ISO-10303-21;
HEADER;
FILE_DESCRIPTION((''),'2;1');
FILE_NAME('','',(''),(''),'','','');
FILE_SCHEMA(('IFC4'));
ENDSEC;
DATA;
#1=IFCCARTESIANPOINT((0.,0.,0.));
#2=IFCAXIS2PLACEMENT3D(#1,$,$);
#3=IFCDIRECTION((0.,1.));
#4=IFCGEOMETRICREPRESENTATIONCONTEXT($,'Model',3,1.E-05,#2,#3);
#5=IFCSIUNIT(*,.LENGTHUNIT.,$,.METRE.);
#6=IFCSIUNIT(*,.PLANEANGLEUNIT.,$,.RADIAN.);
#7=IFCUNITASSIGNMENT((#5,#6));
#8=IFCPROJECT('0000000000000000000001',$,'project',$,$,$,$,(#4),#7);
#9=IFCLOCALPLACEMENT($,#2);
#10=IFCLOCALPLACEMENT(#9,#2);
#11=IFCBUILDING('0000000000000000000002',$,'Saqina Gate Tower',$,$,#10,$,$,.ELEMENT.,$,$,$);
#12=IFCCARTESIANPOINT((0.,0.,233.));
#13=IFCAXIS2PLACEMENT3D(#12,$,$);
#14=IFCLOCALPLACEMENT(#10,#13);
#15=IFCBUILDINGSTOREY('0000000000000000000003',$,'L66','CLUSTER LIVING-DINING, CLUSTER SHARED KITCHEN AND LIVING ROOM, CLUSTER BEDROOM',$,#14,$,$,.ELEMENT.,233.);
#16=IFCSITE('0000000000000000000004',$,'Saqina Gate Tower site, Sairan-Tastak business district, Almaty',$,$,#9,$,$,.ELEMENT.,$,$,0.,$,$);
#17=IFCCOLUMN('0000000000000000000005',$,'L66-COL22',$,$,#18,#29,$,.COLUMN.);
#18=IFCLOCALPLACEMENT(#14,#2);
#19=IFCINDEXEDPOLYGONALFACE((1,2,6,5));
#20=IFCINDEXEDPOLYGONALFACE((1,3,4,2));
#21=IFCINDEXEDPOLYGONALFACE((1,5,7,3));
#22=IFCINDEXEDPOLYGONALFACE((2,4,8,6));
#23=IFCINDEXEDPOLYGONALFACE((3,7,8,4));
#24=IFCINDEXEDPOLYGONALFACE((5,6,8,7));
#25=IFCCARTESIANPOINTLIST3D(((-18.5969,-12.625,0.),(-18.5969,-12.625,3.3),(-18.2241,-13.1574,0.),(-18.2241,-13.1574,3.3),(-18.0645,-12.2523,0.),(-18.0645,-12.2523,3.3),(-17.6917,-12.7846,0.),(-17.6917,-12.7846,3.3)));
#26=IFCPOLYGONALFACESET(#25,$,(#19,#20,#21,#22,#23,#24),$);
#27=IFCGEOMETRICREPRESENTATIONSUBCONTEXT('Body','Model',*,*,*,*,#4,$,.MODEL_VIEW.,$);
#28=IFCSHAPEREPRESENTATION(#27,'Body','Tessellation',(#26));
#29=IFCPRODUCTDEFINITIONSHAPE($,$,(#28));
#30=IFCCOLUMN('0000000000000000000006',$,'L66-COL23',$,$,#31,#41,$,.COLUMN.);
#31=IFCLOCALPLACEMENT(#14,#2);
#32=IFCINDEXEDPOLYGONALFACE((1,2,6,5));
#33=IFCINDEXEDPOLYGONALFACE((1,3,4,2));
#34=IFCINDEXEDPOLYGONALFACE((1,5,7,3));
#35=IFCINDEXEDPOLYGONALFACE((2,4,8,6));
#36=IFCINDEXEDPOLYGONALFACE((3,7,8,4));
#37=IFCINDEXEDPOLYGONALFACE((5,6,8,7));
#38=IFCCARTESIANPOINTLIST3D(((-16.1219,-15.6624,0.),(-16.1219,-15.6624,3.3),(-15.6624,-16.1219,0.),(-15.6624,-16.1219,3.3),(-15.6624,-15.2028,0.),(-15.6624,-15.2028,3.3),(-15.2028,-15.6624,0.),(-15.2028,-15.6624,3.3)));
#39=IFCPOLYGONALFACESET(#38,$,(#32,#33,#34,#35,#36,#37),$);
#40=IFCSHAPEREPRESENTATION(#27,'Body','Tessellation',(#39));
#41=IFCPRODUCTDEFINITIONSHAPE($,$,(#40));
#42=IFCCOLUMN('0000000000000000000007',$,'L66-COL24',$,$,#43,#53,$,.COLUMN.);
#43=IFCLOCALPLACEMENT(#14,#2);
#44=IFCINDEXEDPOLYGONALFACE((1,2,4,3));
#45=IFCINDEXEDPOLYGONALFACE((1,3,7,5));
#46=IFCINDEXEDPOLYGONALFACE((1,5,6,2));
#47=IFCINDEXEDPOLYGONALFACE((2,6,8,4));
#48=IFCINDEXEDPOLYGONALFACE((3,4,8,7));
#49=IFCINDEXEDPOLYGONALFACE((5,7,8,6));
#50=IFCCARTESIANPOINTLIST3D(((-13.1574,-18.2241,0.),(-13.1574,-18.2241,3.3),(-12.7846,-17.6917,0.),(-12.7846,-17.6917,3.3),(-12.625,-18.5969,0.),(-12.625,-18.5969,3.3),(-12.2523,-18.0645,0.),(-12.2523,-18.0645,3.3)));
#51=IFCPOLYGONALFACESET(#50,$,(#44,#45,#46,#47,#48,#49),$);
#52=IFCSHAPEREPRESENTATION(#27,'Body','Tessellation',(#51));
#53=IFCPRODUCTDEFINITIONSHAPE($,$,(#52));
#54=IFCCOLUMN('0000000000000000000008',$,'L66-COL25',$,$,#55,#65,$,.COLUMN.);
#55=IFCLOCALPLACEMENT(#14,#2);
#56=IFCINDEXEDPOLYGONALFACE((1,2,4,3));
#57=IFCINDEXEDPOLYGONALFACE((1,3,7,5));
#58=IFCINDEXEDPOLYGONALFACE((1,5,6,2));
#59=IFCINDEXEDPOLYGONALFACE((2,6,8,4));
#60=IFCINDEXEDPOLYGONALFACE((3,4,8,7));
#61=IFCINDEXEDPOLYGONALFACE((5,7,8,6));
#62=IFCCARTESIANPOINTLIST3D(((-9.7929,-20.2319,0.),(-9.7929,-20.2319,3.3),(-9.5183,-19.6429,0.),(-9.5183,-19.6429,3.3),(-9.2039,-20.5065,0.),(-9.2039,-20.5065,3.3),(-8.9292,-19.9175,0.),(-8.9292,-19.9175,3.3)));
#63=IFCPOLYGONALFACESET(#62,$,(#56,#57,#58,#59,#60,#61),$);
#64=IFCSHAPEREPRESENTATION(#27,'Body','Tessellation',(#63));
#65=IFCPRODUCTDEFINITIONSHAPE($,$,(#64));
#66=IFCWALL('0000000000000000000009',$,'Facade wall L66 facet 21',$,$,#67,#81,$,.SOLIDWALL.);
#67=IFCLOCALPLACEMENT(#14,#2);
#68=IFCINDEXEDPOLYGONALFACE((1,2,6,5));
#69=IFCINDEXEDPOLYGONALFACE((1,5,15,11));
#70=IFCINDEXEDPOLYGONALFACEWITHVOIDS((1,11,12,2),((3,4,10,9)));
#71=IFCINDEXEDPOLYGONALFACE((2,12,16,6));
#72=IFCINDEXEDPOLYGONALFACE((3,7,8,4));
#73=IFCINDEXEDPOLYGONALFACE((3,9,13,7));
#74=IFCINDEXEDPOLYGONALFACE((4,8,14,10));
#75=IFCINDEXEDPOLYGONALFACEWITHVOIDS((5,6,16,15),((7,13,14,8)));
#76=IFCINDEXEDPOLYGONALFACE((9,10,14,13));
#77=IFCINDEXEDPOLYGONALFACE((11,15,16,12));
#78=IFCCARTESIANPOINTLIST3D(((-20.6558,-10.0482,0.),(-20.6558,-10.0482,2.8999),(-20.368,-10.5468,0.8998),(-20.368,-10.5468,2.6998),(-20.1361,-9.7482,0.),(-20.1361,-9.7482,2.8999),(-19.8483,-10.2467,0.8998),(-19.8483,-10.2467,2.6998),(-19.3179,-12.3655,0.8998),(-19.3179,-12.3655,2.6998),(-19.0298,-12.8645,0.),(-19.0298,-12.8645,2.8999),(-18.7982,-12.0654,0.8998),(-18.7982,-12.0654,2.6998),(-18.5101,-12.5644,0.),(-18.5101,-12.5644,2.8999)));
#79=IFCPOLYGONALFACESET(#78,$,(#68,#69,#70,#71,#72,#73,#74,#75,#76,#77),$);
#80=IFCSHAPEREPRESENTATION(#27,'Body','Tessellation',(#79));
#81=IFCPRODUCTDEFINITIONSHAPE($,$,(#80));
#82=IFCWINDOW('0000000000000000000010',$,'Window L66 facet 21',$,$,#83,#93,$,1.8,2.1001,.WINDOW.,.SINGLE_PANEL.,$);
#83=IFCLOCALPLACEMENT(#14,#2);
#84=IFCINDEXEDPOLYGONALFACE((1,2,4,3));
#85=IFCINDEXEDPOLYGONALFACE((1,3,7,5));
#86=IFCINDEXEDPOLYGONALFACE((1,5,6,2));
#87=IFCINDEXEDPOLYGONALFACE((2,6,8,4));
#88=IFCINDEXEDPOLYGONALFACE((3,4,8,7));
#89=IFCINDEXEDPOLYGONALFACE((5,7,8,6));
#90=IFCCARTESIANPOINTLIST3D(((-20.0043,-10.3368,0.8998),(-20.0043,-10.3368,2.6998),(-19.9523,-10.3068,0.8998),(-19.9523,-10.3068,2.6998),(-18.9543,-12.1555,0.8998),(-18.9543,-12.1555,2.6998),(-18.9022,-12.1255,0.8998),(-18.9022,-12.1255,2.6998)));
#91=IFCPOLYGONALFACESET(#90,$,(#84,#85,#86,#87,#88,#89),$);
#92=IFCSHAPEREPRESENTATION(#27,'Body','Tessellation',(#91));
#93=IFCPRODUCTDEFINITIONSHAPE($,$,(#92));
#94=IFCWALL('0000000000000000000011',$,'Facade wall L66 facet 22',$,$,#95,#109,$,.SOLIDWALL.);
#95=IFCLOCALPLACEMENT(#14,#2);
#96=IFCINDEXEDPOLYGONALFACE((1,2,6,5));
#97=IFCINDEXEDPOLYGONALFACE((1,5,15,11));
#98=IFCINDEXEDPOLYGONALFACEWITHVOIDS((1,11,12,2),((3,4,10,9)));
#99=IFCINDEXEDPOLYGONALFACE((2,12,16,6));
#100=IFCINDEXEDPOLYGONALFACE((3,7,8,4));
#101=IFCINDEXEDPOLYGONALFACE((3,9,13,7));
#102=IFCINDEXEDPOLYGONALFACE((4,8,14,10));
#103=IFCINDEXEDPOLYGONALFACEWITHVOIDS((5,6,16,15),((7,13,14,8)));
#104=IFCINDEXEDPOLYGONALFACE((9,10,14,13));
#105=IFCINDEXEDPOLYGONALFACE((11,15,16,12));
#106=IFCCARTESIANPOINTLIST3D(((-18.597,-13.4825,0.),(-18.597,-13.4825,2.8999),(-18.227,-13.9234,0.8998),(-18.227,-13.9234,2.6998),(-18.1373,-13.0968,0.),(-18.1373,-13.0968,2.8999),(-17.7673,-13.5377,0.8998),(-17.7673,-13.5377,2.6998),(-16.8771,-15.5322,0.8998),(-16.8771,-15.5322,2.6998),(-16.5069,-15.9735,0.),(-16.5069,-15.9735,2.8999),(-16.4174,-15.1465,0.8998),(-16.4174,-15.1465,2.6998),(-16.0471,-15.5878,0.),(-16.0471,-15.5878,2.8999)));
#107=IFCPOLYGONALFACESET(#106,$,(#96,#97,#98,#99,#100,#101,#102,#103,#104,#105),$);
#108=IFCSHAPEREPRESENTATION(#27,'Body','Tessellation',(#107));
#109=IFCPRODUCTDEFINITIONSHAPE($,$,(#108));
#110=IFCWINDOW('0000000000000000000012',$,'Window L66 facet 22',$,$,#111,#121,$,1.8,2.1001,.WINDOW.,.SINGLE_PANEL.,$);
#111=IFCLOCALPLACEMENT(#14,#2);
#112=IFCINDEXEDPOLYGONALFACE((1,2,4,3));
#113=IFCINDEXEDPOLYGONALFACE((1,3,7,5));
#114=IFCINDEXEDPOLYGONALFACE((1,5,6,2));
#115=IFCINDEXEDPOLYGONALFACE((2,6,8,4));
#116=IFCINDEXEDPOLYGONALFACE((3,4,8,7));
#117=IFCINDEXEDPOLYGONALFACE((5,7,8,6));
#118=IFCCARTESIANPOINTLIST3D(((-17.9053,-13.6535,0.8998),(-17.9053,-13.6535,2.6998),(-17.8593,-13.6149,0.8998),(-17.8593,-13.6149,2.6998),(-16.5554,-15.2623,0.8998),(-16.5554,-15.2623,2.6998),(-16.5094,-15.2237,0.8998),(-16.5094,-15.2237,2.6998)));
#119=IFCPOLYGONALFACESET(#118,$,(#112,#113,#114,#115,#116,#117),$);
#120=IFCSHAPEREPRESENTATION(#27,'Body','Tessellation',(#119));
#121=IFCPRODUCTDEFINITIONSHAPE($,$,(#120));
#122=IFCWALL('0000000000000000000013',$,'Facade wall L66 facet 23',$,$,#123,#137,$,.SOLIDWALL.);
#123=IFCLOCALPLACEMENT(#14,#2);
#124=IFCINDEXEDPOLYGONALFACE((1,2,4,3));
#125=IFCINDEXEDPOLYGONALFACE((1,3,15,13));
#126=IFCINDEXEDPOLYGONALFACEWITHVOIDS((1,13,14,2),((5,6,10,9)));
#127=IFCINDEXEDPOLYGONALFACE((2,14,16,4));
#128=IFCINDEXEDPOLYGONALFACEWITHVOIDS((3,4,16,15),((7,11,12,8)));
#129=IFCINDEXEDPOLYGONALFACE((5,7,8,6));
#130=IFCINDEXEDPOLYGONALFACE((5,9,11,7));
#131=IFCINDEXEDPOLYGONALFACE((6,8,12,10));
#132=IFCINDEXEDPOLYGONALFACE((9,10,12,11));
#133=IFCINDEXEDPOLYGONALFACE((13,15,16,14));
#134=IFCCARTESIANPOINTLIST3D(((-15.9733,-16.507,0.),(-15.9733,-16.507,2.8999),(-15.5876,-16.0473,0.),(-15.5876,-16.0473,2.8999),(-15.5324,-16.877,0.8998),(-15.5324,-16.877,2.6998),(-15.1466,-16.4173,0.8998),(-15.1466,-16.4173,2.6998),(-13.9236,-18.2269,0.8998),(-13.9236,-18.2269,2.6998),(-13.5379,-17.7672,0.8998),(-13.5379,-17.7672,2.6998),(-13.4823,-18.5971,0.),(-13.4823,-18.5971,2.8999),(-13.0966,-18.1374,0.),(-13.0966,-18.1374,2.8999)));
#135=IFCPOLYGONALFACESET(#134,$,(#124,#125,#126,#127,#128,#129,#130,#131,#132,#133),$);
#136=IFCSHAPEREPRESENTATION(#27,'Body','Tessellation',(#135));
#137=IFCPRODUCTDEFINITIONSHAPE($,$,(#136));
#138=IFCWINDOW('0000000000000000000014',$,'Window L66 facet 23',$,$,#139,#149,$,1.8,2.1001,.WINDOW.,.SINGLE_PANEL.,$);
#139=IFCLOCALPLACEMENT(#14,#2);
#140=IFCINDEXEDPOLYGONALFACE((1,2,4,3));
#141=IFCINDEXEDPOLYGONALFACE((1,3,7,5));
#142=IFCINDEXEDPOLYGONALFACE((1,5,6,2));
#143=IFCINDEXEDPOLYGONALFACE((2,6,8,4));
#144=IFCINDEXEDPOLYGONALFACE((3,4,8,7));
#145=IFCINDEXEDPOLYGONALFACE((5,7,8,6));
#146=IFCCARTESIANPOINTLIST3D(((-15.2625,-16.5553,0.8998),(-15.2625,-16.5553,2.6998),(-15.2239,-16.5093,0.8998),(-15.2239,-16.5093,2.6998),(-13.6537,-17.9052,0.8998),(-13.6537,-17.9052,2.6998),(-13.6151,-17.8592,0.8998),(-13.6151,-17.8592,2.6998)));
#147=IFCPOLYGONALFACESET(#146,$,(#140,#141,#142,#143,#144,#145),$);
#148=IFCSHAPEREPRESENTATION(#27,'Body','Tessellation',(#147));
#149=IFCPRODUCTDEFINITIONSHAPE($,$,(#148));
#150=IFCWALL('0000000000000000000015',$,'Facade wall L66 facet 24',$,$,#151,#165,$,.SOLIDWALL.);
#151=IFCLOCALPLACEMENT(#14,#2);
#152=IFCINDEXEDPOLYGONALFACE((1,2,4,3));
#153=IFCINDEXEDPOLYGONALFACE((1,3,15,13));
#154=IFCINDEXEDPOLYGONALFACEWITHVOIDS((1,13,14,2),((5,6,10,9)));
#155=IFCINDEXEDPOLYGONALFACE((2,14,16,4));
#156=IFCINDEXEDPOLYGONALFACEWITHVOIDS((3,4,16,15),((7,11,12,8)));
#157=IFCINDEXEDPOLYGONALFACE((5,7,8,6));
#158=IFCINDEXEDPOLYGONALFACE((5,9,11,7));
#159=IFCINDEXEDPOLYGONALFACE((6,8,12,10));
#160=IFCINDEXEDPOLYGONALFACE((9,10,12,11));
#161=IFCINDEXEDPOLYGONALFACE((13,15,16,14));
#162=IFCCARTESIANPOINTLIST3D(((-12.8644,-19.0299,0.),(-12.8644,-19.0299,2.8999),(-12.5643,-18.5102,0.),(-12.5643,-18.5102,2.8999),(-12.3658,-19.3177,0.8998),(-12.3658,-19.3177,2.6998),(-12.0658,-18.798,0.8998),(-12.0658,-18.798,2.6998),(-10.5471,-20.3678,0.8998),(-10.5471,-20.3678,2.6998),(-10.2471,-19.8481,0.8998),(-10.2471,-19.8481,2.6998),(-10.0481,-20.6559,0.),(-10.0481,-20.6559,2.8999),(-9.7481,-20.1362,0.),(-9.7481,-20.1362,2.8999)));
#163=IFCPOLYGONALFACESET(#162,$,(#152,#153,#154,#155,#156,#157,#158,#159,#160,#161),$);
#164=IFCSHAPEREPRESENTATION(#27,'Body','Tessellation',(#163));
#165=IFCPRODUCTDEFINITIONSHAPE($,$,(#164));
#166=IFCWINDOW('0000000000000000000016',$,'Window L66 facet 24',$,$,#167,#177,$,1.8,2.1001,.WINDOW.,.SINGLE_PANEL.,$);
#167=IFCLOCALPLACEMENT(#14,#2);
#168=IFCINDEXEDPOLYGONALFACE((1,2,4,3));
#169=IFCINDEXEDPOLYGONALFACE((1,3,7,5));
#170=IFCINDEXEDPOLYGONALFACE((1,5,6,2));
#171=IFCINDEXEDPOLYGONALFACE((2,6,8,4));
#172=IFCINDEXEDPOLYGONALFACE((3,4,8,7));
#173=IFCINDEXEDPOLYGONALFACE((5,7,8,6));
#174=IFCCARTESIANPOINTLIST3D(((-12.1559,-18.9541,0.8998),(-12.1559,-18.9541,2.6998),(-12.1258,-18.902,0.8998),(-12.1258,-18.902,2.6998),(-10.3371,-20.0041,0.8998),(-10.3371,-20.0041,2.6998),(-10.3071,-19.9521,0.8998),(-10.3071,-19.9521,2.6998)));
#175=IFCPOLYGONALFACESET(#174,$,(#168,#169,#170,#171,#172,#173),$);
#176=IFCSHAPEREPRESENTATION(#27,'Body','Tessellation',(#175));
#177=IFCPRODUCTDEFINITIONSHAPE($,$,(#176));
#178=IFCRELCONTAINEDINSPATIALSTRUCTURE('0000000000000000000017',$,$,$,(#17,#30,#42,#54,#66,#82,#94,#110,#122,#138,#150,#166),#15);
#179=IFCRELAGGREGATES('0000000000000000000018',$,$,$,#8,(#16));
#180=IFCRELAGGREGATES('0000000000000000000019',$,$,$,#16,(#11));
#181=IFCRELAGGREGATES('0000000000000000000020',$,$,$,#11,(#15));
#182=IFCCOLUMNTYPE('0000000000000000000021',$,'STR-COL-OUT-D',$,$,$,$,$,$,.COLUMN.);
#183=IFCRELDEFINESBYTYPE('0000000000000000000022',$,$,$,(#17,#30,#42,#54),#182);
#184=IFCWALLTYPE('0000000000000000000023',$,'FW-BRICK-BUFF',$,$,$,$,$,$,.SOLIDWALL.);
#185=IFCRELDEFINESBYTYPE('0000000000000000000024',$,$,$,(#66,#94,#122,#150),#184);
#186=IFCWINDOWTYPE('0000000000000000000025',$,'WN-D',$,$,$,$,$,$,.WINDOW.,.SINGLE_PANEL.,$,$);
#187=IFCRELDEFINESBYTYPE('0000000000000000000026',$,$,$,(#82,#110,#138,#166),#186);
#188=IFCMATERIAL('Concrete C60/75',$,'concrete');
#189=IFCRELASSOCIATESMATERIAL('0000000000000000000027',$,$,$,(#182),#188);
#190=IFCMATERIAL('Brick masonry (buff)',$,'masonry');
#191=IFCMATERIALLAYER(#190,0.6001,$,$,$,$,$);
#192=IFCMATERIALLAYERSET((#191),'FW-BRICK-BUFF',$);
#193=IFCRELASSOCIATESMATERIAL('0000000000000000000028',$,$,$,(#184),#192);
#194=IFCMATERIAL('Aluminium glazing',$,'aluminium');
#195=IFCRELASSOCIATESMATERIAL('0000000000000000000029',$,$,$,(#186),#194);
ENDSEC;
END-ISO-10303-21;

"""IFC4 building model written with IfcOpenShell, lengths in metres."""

from ifc_helpers import new_model, si_unit, direction, frame, frame_2d, origin, origin_2d, place, context, subcontext, project, spatial, rectangle, extrude, material, layer, layer_set, material_profile, profile_set, type_object, element, fill, save


model = new_model("IFC4")

# Units and contexts
model_context = context("Model", 3, precision=1e-05, world=origin(), true_north=direction((0.0, 1.0)))
body_context = subcontext(model_context, "Body", "Model", "MODEL_VIEW")
ifc_project = project(units=[si_unit("LENGTHUNIT", "METRE"), si_unit("PLANEANGLEUNIT", "RADIAN")], contexts=[model_context])

# Site, building, storey
site_placement = place(None, origin())
site = spatial("IfcSite", under=ifc_project, at=site_placement, Name="Saqina Gate Tower site, Sairan-Tastak business district, Almaty", CompositionType="ELEMENT", RefElevation=0.0)
building_placement = place(site_placement, origin())
building = spatial("IfcBuilding", under=site, at=building_placement, Name="Saqina Gate Tower", CompositionType="ELEMENT")
storey_placement = place(building_placement, frame((0.0, 0.0, 233.0)))
storey = spatial("IfcBuildingStorey", under=building, at=storey_placement, Name="L66", Description="CLUSTER LIVING-DINING, CLUSTER SHARED KITCHEN AND LIVING ROOM, CLUSTER BEDROOM", CompositionType="ELEMENT", Elevation=233.0)

# Columns
ifc_material_1 = material(Name="Concrete C60/75", Category="concrete")
ifc_material_profile = material_profile(ifc_material_1, rectangle(XDim=0.6499, YDim=0.6499, at=origin_2d()), Name="RC 650x650")
ifc_profile_set = profile_set([ifc_material_profile], Name="Concrete C60/75")
column_type = type_object("IfcColumnType", Name="STR-COL-OUT-D", PredefinedType="COLUMN", material=ifc_profile_set)
for number, where, z_axis, x_axis, name in (
    (1, (-18.1443, -12.7048, 0.0), (0.0, 0.0, 1.0), (-0.819152, -0.573576, 0.0), "L66-COL22"),
    (2, (-15.6624, -15.6624, 0.0), (0.0, 0.0, 1.0), (-0.707107, -0.707107, 0.0), "L66-COL23"),
    (3, (-12.7048, -18.1443, 0.0), (0.0, 0.0, 1.0), (-0.573576, -0.819152, 0.0), "L66-COL24"),
    (4, (-9.3611, -20.0747, 0.0), (0.0, 0.0, 1.0), (-0.422618, -0.906308, 0.0), "L66-COL25"),
):
    element("IfcColumn", number, at=place(storey_placement, frame(where, z_axis=z_axis, x_axis=x_axis)), inside=storey, type_object=column_type, Name=name, PredefinedType="COLUMN", context=body_context, shape_type="SweptSolid", body=[
        extrude(rectangle(XDim=0.6499, YDim=0.6499, at=origin_2d()), origin(), (0.0, 0.0, 1.0), 3.3),
    ])

# Walls, openings, windows
ifc_material_2 = material(Name="Brick masonry (buff)", Category="masonry")
ifc_layer_1 = layer(ifc_material_2, 0.6001)
ifc_layer_set_1 = layer_set([ifc_layer_1], Name="FW-BRICK-BUFF")
wall_type_1 = type_object("IfcWallType", Name="FW-BRICK-BUFF", PredefinedType="SOLIDWALL", material=ifc_layer_set_1)
wall_1_placement = place(storey_placement, frame((-20.396, -9.8982, 0.0), z_axis=(0.0, 0.0, 1.0), x_axis=(0.500015, -0.866017, 0.0)))
wall_1 = element("IfcWall", 5, at=wall_1_placement, inside=storey, type_object=wall_type_1, Name="Facade wall L66 facet 21", PredefinedType="SOLIDWALL", context=body_context, shape_type="SweptSolid", body=[
    extrude(rectangle(XDim=3.252, YDim=0.6001, at=frame_2d((1.626, 0.0))), origin(), (0.0, 0.0, 1.0), 2.8999),
])
opening_1_placement = place(wall_1_placement, frame((0.5757, 0.0, 0.8999)))
opening_1 = element("IfcOpeningElement", 6, at=opening_1_placement, cuts=wall_1, PredefinedType="OPENING", context=body_context, shape_type="SweptSolid", body=[
    extrude(rectangle(XDim=2.1001, YDim=1.8, at=frame_2d((1.05, 0.8999))), frame((0.0, 0.312, 0.0), z_axis=(0.0, -1.0, 0.0), x_axis=(1.0, 0.0, 0.0)), (0.0, 0.0, 1.0), 0.624),
])
ifc_material_3 = material(Name="Aluminium glazing", Category="aluminium")
window_type = type_object("IfcWindowType", Name="WN-D", PartitioningType="SINGLE_PANEL", PredefinedType="WINDOW", material=ifc_material_3)
window_1_placement = place(opening_1_placement, origin())
window_1 = element("IfcWindow", 7, at=window_1_placement, inside=storey, type_object=window_type, Name="Window L66 facet 21", OverallHeight=1.8, OverallWidth=2.1001, PartitioningType="SINGLE_PANEL", PredefinedType="WINDOW", context=body_context, shape_type="SweptSolid", body=[
    extrude(rectangle(XDim=2.1001, YDim=1.8, at=frame_2d((1.05, 0.8999))), frame((0.0, 0.1799, 0.0), z_axis=(0.0, -1.0, 0.0), x_axis=(1.0, 0.0, 0.0)), (0.0, 0.0, 1.0), 0.0601),
])
fill(opening_1, window_1)
wall_2_placement = place(storey_placement, frame((-18.3672, -13.2896, 0.0), z_axis=(0.0, 0.0, 1.0), x_axis=(0.642773, -0.766057, 0.0)))
wall_2 = element("IfcWall", 8, at=wall_2_placement, inside=storey, type_object=wall_type_1, Name="Facade wall L66 facet 22", PredefinedType="SOLIDWALL", context=body_context, shape_type="SweptSolid", body=[
    extrude(rectangle(XDim=3.2517, YDim=0.6001, at=frame_2d((1.626, 0.0))), origin(), (0.0, 0.0, 1.0), 2.8999),
])
opening_2_placement = place(wall_2_placement, frame((0.5757, 0.0, 0.8999)))
opening_2 = element("IfcOpeningElement", 9, at=opening_2_placement, cuts=wall_2, PredefinedType="OPENING", context=body_context, shape_type="SweptSolid", body=[
    extrude(rectangle(XDim=2.1001, YDim=1.8, at=frame_2d((1.05, 0.8999))), frame((0.0, 0.312, 0.0), z_axis=(0.0, -1.0, 0.0), x_axis=(1.0, 0.0, 0.0)), (0.0, 0.0, 1.0), 0.624),
])
window_2_placement = place(opening_2_placement, origin())
window_2 = element("IfcWindow", 10, at=window_2_placement, inside=storey, type_object=window_type, Name="Window L66 facet 22", OverallHeight=1.8, OverallWidth=2.1001, PartitioningType="SINGLE_PANEL", PredefinedType="WINDOW", context=body_context, shape_type="SweptSolid", body=[
    extrude(rectangle(XDim=2.1001, YDim=1.8, at=frame_2d((1.05, 0.8999))), frame((0.0, 0.1799, 0.0), z_axis=(0.0, -1.0, 0.0), x_axis=(1.0, 0.0, 0.0)), (0.0, 0.0, 1.0), 0.0601),
])
fill(opening_2, window_2)
wall_3_placement = place(storey_placement, frame((-15.7805, -16.2771, 0.0), z_axis=(0.0, 0.0, 1.0), x_axis=(0.766057, -0.642773, 0.0)))
wall_3 = element("IfcWall", 11, at=wall_3_placement, inside=storey, type_object=wall_type_1, Name="Facade wall L66 facet 23", PredefinedType="SOLIDWALL", context=body_context, shape_type="SweptSolid", body=[
    extrude(rectangle(XDim=3.2517, YDim=0.6001, at=frame_2d((1.626, 0.0))), origin(), (0.0, 0.0, 1.0), 2.8999),
])
opening_3_placement = place(wall_3_placement, frame((0.5757, 0.0, 0.8999)))
opening_3 = element("IfcOpeningElement", 12, at=opening_3_placement, cuts=wall_3, PredefinedType="OPENING", context=body_context, shape_type="SweptSolid", body=[
    extrude(rectangle(XDim=2.1001, YDim=1.8, at=frame_2d((1.05, 0.8999))), frame((0.0, 0.312, 0.0), z_axis=(0.0, -1.0, 0.0), x_axis=(1.0, 0.0, 0.0)), (0.0, 0.0, 1.0), 0.624),
])
window_3_placement = place(opening_3_placement, origin())
window_3 = element("IfcWindow", 13, at=window_3_placement, inside=storey, type_object=window_type, Name="Window L66 facet 23", OverallHeight=1.8, OverallWidth=2.1001, PartitioningType="SINGLE_PANEL", PredefinedType="WINDOW", context=body_context, shape_type="SweptSolid", body=[
    extrude(rectangle(XDim=2.1001, YDim=1.8, at=frame_2d((1.05, 0.8999))), frame((0.0, 0.1799, 0.0), z_axis=(0.0, -1.0, 0.0), x_axis=(1.0, 0.0, 0.0)), (0.0, 0.0, 1.0), 0.0601),
])
fill(opening_3, window_3)
wall_4_placement = place(storey_placement, frame((-12.7144, -18.77, 0.0), z_axis=(0.0, 0.0, 1.0), x_axis=(0.866017, -0.500015, 0.0)))
wall_4 = element("IfcWall", 14, at=wall_4_placement, inside=storey, type_object=wall_type_1, Name="Facade wall L66 facet 24", PredefinedType="SOLIDWALL", context=body_context, shape_type="SweptSolid", body=[
    extrude(rectangle(XDim=3.252, YDim=0.6001, at=frame_2d((1.626, 0.0))), origin(), (0.0, 0.0, 1.0), 2.8999),
])
opening_4_placement = place(wall_4_placement, frame((0.5757, 0.0, 0.8999)))
opening_4 = element("IfcOpeningElement", 15, at=opening_4_placement, cuts=wall_4, PredefinedType="OPENING", context=body_context, shape_type="SweptSolid", body=[
    extrude(rectangle(XDim=2.1001, YDim=1.8, at=frame_2d((1.05, 0.8999))), frame((0.0, 0.312, 0.0), z_axis=(0.0, -1.0, 0.0), x_axis=(1.0, 0.0, 0.0)), (0.0, 0.0, 1.0), 0.624),
])
window_4_placement = place(opening_4_placement, origin())
window_4 = element("IfcWindow", 16, at=window_4_placement, inside=storey, type_object=window_type, Name="Window L66 facet 24", OverallHeight=1.8, OverallWidth=2.1001, PartitioningType="SINGLE_PANEL", PredefinedType="WINDOW", context=body_context, shape_type="SweptSolid", body=[
    extrude(rectangle(XDim=2.1001, YDim=1.8, at=frame_2d((1.05, 0.8999))), frame((0.0, 0.1799, 0.0), z_axis=(0.0, -1.0, 0.0), x_axis=(1.0, 0.0, 0.0)), (0.0, 0.0, 1.0), 0.0601),
])
fill(opening_4, window_4)

save(model, "model.ifc")
